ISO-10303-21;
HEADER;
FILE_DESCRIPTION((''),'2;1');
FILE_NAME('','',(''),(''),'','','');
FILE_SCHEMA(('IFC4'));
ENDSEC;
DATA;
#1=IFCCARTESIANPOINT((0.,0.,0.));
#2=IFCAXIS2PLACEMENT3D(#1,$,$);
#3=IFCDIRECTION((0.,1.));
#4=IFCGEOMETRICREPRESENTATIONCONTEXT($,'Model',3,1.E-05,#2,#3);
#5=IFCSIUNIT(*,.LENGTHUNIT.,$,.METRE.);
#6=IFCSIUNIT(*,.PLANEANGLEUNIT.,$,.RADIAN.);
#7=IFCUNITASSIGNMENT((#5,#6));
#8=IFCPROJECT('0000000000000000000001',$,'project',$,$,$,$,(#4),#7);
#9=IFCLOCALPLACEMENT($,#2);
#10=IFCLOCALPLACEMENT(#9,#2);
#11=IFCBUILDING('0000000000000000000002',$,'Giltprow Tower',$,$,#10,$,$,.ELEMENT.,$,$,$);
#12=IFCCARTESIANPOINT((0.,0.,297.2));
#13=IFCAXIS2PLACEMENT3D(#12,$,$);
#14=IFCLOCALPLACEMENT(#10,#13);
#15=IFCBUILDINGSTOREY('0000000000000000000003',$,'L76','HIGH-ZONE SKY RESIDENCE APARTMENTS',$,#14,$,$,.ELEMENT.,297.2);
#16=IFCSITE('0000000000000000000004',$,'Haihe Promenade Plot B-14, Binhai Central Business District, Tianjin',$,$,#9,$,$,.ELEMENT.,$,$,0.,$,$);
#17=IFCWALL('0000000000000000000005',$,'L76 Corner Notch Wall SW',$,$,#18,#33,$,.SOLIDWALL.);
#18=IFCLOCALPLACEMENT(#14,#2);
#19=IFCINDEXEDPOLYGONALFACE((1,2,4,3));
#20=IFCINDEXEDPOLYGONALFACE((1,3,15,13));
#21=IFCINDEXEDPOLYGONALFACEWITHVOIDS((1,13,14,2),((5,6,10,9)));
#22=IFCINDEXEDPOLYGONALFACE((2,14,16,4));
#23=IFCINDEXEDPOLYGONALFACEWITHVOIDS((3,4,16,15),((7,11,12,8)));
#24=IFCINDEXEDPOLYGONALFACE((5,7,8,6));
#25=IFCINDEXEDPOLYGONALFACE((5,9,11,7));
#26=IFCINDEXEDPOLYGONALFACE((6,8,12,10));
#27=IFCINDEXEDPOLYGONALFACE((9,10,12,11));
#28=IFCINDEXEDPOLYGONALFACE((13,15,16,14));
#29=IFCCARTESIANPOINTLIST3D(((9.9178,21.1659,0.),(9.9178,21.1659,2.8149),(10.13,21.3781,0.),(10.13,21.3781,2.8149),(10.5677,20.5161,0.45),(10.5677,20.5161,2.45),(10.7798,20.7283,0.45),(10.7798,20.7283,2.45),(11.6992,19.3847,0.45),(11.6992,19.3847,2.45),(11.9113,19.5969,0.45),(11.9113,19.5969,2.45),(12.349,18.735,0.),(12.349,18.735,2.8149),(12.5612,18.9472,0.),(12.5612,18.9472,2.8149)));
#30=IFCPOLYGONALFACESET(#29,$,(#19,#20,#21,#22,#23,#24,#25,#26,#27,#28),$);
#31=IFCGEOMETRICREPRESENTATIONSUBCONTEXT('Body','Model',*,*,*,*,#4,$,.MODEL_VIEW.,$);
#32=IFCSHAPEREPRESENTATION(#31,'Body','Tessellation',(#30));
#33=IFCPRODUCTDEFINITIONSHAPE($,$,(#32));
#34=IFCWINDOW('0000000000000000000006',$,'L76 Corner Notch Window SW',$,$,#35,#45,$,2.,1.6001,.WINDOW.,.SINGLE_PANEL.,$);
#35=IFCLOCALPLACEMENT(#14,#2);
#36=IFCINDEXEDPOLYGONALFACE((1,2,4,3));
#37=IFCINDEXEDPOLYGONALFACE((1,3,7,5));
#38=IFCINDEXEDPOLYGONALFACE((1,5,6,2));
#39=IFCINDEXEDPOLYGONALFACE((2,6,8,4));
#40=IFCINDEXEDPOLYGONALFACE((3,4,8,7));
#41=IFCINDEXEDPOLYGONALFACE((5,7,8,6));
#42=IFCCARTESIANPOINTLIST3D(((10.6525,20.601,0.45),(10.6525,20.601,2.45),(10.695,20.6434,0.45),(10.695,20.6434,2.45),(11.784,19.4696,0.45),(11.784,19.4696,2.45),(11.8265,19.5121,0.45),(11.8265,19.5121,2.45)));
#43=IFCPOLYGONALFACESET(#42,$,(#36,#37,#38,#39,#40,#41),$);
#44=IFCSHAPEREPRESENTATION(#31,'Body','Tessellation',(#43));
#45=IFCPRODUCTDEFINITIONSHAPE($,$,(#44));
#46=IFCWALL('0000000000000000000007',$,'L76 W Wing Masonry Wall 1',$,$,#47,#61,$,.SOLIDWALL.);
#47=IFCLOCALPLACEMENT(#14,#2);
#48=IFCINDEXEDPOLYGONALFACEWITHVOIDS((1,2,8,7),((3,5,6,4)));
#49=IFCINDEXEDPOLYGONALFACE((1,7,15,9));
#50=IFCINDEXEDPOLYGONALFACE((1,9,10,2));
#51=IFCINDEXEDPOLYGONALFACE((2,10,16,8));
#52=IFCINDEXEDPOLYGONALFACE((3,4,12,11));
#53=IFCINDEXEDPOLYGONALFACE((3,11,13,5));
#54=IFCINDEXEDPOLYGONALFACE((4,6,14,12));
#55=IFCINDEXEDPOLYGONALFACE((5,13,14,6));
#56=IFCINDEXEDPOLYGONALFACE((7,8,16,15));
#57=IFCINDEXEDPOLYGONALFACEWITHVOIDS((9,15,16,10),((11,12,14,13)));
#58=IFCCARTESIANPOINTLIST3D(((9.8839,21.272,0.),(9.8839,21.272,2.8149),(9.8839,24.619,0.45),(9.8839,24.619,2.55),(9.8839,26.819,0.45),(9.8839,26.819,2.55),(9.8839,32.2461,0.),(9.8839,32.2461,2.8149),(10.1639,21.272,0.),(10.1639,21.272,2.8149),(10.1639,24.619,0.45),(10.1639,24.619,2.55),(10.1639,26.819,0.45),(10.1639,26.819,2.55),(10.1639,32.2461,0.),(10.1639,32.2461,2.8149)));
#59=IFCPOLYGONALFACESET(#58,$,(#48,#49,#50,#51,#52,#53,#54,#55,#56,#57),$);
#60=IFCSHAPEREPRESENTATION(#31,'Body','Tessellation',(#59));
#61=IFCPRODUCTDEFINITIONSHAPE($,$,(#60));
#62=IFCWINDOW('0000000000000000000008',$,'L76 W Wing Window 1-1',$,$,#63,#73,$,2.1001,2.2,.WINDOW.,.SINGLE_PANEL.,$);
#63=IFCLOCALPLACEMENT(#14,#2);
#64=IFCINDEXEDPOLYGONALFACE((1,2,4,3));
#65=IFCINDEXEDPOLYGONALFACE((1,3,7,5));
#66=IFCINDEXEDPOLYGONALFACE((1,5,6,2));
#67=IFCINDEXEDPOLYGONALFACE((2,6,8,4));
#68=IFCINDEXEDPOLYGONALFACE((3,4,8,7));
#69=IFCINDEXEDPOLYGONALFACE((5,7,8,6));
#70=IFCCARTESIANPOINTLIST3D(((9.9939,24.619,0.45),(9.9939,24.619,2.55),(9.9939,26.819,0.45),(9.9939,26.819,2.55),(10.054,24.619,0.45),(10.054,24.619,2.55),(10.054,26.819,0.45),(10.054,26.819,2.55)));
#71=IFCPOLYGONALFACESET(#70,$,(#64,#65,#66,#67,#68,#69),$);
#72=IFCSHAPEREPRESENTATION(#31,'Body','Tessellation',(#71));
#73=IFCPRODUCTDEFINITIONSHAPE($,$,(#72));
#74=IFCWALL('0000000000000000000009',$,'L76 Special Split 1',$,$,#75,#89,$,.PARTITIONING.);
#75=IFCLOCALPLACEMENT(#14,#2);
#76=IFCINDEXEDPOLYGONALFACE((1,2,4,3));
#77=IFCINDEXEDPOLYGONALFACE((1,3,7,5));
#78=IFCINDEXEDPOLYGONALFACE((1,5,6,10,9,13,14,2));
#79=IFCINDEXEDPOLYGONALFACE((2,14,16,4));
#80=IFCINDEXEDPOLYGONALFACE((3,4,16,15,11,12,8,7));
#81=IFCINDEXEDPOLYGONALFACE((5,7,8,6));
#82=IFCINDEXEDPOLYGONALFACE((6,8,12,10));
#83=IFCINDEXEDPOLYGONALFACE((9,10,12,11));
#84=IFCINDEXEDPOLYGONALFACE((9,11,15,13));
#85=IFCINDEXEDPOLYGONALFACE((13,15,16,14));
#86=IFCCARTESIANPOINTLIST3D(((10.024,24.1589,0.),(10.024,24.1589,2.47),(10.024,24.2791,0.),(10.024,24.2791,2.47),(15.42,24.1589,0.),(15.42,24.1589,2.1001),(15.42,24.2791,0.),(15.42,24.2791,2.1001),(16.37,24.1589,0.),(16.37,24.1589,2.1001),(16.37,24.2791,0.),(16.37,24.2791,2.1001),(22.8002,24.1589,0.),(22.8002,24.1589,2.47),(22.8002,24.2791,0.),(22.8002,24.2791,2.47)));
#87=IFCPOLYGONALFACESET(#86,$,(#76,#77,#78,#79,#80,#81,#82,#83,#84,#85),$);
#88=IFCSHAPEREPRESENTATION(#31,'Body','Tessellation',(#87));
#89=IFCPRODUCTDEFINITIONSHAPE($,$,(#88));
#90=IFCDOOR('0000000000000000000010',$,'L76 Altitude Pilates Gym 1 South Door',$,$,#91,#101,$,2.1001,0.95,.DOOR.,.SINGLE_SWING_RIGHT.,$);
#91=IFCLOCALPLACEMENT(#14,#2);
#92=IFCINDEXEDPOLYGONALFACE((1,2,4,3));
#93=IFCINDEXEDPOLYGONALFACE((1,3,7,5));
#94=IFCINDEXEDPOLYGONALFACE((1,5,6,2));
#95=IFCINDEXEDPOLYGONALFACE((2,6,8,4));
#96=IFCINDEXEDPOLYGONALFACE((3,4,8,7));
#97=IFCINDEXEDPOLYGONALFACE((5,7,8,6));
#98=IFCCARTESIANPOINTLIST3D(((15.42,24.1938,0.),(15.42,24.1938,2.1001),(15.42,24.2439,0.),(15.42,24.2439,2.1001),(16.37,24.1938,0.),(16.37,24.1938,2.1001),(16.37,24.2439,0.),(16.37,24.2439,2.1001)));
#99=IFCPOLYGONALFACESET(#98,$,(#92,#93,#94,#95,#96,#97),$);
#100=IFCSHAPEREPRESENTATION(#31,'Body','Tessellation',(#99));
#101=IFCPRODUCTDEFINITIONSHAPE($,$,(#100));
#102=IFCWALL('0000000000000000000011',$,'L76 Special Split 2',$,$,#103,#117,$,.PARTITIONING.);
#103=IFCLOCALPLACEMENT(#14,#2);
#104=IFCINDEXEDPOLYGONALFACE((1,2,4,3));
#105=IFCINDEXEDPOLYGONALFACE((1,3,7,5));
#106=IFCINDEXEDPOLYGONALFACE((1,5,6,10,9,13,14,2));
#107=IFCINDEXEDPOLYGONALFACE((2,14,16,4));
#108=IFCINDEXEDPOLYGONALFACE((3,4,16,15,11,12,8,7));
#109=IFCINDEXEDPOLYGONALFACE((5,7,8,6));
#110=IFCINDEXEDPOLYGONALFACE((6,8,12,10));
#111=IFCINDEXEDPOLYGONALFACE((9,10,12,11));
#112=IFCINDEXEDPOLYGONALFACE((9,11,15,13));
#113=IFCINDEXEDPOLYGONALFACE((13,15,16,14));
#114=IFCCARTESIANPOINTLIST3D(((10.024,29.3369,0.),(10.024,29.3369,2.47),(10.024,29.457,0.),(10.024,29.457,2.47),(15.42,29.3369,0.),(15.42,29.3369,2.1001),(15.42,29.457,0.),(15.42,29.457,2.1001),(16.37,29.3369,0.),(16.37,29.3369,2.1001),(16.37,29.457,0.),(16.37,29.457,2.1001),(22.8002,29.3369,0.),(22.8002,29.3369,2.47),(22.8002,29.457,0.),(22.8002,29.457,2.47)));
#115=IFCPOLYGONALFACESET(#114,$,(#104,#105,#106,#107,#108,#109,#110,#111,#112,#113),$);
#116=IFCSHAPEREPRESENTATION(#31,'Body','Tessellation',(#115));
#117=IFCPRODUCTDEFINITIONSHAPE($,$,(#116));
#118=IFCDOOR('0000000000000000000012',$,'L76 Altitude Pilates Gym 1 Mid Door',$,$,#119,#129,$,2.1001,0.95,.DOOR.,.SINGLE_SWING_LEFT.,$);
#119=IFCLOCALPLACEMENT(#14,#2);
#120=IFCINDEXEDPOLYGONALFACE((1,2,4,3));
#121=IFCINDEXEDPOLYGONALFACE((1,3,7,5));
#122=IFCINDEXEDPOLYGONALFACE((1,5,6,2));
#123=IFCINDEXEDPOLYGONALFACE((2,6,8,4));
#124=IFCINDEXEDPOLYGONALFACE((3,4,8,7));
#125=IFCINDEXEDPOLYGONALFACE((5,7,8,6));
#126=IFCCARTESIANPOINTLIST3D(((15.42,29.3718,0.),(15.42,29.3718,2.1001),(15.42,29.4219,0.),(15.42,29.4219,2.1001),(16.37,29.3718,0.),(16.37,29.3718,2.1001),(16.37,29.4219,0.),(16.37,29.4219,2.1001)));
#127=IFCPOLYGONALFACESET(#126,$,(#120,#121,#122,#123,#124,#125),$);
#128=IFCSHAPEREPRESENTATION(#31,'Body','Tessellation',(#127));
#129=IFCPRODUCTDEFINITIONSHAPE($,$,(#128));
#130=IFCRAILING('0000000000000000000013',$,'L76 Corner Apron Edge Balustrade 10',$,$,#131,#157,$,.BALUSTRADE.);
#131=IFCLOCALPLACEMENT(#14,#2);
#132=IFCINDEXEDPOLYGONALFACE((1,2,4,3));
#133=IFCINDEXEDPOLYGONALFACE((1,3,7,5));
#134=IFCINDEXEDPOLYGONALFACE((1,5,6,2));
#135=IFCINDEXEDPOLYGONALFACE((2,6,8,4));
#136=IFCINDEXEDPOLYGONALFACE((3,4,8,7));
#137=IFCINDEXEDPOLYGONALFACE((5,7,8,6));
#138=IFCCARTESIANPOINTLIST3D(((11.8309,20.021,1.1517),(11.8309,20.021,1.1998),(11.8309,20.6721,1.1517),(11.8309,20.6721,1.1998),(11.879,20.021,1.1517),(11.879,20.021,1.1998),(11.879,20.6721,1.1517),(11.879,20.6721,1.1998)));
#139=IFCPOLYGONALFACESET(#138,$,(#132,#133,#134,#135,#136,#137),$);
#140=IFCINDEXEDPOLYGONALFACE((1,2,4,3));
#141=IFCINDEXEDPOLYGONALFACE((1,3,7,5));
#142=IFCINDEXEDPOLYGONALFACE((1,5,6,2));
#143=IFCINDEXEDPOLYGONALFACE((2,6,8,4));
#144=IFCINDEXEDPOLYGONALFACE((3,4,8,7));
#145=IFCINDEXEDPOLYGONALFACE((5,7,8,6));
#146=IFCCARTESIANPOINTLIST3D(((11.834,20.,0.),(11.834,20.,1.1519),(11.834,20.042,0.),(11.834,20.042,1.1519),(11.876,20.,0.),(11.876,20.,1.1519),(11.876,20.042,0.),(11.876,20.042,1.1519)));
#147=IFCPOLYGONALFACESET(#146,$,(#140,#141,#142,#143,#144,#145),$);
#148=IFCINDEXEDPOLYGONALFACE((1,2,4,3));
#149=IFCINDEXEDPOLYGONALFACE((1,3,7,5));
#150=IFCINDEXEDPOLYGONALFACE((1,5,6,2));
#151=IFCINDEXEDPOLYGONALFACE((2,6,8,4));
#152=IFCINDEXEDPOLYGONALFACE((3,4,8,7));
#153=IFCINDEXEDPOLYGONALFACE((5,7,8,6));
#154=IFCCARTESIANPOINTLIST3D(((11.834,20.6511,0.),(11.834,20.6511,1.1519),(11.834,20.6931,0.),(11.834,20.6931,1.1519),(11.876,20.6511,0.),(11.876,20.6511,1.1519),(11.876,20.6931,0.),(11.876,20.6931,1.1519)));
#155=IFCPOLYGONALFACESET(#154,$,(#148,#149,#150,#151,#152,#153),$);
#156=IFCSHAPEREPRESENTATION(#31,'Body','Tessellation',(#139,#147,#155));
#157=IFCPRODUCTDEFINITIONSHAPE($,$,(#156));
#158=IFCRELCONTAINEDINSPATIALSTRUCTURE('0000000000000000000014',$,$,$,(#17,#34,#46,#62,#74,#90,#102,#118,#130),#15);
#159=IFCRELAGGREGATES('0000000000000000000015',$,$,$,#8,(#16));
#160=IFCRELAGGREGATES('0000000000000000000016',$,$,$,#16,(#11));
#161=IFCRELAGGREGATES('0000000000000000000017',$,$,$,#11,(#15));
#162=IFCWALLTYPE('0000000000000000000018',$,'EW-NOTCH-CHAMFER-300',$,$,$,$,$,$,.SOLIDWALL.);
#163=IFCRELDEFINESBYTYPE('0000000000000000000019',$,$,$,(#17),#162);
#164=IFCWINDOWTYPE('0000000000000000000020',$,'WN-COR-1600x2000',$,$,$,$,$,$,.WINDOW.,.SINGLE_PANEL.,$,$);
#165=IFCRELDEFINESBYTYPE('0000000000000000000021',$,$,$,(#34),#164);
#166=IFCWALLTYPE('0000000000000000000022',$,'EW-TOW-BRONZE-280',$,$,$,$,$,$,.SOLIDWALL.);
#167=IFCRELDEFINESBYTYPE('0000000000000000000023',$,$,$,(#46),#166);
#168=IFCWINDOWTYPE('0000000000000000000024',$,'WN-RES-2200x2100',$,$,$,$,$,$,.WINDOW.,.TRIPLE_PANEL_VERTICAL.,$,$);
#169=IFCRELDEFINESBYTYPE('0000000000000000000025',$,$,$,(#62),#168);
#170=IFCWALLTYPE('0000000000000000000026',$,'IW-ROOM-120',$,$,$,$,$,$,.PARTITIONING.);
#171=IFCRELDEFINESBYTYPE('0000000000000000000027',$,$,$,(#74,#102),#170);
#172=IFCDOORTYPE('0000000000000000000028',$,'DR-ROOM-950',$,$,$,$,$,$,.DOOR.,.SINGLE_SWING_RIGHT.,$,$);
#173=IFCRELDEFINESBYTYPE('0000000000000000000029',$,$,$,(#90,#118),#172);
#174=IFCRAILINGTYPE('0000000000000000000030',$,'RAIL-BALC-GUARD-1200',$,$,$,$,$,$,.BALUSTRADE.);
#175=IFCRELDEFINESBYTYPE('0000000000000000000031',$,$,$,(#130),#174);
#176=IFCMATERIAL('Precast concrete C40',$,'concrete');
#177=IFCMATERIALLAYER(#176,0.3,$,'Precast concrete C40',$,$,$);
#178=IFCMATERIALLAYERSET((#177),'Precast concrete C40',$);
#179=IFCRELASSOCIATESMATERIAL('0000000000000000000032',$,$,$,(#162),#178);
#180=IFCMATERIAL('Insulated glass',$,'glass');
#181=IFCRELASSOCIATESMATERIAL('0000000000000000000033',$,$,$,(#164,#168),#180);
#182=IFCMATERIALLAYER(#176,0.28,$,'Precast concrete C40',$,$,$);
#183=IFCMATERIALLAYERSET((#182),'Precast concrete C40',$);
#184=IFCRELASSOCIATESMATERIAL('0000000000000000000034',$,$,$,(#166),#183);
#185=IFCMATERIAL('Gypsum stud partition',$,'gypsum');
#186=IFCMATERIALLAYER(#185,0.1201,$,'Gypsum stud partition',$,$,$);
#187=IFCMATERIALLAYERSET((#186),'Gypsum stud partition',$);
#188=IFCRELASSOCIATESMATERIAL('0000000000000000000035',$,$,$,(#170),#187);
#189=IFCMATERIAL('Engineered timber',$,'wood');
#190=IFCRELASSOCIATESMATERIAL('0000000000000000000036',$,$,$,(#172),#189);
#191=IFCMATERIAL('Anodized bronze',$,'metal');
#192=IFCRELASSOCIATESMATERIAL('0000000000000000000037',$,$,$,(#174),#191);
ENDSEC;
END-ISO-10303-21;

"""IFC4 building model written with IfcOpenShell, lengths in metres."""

from ifc_helpers import new_model, si_unit, direction, frame, frame_2d, origin, origin_2d, place, context, subcontext, project, spatial, rectangle, extrude, source, transform, mapped, material, layer, layer_set, type_object, element, fill, save


model = new_model("IFC4")

# Units and contexts
model_context = context("Model", 3, precision=1e-05, world=origin(), true_north=direction((0.0, 1.0)))
body_context = subcontext(model_context, "Body", "Model", "MODEL_VIEW")
ifc_project = project(units=[si_unit("LENGTHUNIT", "METRE"), si_unit("PLANEANGLEUNIT", "RADIAN")], contexts=[model_context])

# Site, building, storey
site_placement = place(None, origin())
site = spatial("IfcSite", under=ifc_project, at=site_placement, Name="Haihe Promenade Plot B-14, Binhai Central Business District, Tianjin", CompositionType="ELEMENT", RefElevation=0.0)
building_placement = place(site_placement, origin())
building = spatial("IfcBuilding", under=site, at=building_placement, Name="Giltprow Tower", CompositionType="ELEMENT")
storey_placement = place(building_placement, frame((0.0, 0.0, 297.2)))
storey = spatial("IfcBuildingStorey", under=building, at=storey_placement, Name="L76", Description="HIGH-ZONE SKY RESIDENCE APARTMENTS", CompositionType="ELEMENT", Elevation=297.2)

# Shared definitions
ifc_material_1 = material(Name="Anodized bronze", Category="metal")

# Shared definitions
ifc_material_2 = material(Name="Insulated glass", Category="glass")

# Walls, openings, windows
ifc_material_3 = material(Name="Precast concrete C40", Category="concrete")
ifc_layer_1 = layer(ifc_material_3, 0.3, Name="Precast concrete C40")
ifc_layer_set_1 = layer_set([ifc_layer_1], Name="Precast concrete C40")
wall_type_1 = type_object("IfcWallType", Name="EW-NOTCH-CHAMFER-300", PredefinedType="SOLIDWALL", material=ifc_layer_set_1)
wall_1_placement = place(storey_placement, frame((10.0239, 21.272, 0.0), z_axis=(0.0, 0.0, 1.0), x_axis=(0.707142, -0.707071, 0.0)))
wall_1 = element("IfcWall", 1, at=wall_1_placement, inside=storey, type_object=wall_type_1, Name="L76 Corner Notch Wall SW", PredefinedType="SOLIDWALL", context=body_context, shape_type="SweptSolid", body=[
    extrude(rectangle(XDim=3.438, YDim=0.3, at=frame_2d((1.719, 0.0))), origin(), (0.0, 0.0, 1.0), 2.8149),
])
opening_1_placement = place(wall_1_placement, frame((0.9189, 0.0, 0.45)))
opening_1 = element("IfcOpeningElement", 2, at=opening_1_placement, cuts=wall_1, PredefinedType="OPENING", context=body_context, shape_type="SweptSolid", body=[
    extrude(rectangle(XDim=1.6001, YDim=2.0, at=frame_2d((0.8, 1.0))), frame((0.0, 0.1599, 0.0), z_axis=(0.0, -1.0, 0.0), x_axis=(1.0, 0.0, 0.0)), (0.0, 0.0, 1.0), 0.3201),
])
window_type_1 = type_object("IfcWindowType", Name="WN-COR-1600x2000", PartitioningType="SINGLE_PANEL", PredefinedType="WINDOW", material=ifc_material_2)
shared_shape_1 = source(origin(), body_context, "Body", "SweptSolid", [
    extrude(rectangle(XDim=1.6001, YDim=2.0, at=frame_2d((0.8, 1.0))), frame((0.0, 0.03, 0.0), z_axis=(0.0, -1.0, 0.0), x_axis=(1.0, 0.0, 0.0)), (0.0, 0.0, 1.0), 0.0601),
])
window_1_placement = place(opening_1_placement, origin())
window_1 = element("IfcWindow", 3, at=window_1_placement, inside=storey, type_object=window_type_1, Name="L76 Corner Notch Window SW", OverallHeight=2.0, OverallWidth=1.6001, PartitioningType="SINGLE_PANEL", PredefinedType="WINDOW", context=body_context, shape_type="MappedRepresentation", body=[
    mapped(shared_shape_1, transform((0.0, 0.0, 0.0), x_axis=(1.0, 0.0, 0.0), y_axis=(0.0, 1.0, 0.0), z_axis=(0.0, 0.0, 1.0), scale=1.0)),
])
fill(opening_1, window_1)
ifc_layer_2 = layer(ifc_material_3, 0.28, Name="Precast concrete C40")
ifc_layer_set_2 = layer_set([ifc_layer_2], Name="Precast concrete C40")
wall_type_2 = type_object("IfcWallType", Name="EW-TOW-BRONZE-280", PredefinedType="SOLIDWALL", material=ifc_layer_set_2)
wall_2_placement = place(storey_placement, frame((10.0239, 21.272, 0.0), z_axis=(0.0, 0.0, 1.0), x_axis=(0.0, 1.0, 0.0)))
wall_2 = element("IfcWall", 4, at=wall_2_placement, inside=storey, type_object=wall_type_2, Name="L76 W Wing Masonry Wall 1", PredefinedType="SOLIDWALL", context=body_context, shape_type="SweptSolid", body=[
    extrude(rectangle(XDim=10.9741, YDim=0.28, at=frame_2d((5.4871, 0.0))), origin(), (0.0, 0.0, 1.0), 2.8149),
])
opening_2_placement = place(wall_2_placement, frame((3.3469, 0.0, 0.45)))
opening_2 = element("IfcOpeningElement", 5, at=opening_2_placement, cuts=wall_2, PredefinedType="OPENING", context=body_context, shape_type="SweptSolid", body=[
    extrude(rectangle(XDim=2.2, YDim=2.1001, at=frame_2d((1.1001, 1.05))), frame((0.0, 0.1499, 0.0), z_axis=(0.0, -1.0, 0.0), x_axis=(1.0, 0.0, 0.0)), (0.0, 0.0, 1.0), 0.3),
])
window_type_2 = type_object("IfcWindowType", Name="WN-RES-2200x2100", PartitioningType="TRIPLE_PANEL_VERTICAL", PredefinedType="WINDOW", material=ifc_material_2)
shared_shape_2 = source(origin(), body_context, "Body", "SweptSolid", [
    extrude(rectangle(XDim=2.2, YDim=2.1001, at=frame_2d((1.1001, 1.05))), frame((0.0, 0.03, 0.0), z_axis=(0.0, -1.0, 0.0), x_axis=(1.0, 0.0, 0.0)), (0.0, 0.0, 1.0), 0.0601),
])
window_2_placement = place(opening_2_placement, origin())
window_2 = element("IfcWindow", 6, at=window_2_placement, inside=storey, type_object=window_type_2, Name="L76 W Wing Window 1-1", OverallHeight=2.1001, OverallWidth=2.2, PartitioningType="SINGLE_PANEL", PredefinedType="WINDOW", context=body_context, shape_type="MappedRepresentation", body=[
    mapped(shared_shape_2, transform((0.0, 0.0, 0.0), x_axis=(1.0, 0.0, 0.0), y_axis=(0.0, 1.0, 0.0), z_axis=(0.0, 0.0, 1.0), scale=1.0)),
])
fill(opening_2, window_2)

# Walls, openings, doors
ifc_material_4 = material(Name="Gypsum stud partition", Category="gypsum")
ifc_layer_3 = layer(ifc_material_4, 0.1201, Name="Gypsum stud partition")
ifc_layer_set_3 = layer_set([ifc_layer_3], Name="Gypsum stud partition")
wall_type_3 = type_object("IfcWallType", Name="IW-ROOM-120", PredefinedType="PARTITIONING", material=ifc_layer_set_3)
wall_3_placement = place(storey_placement, frame((10.0239, 24.219, 0.0), z_axis=(0.0, 0.0, 1.0), x_axis=(1.0, 0.0, 0.0)))
wall_3 = element("IfcWall", 7, at=wall_3_placement, inside=storey, type_object=wall_type_3, Name="L76 Special Split 1", PredefinedType="PARTITIONING", context=body_context, shape_type="SweptSolid", body=[
    extrude(rectangle(XDim=12.7761, YDim=0.1201, at=frame_2d((6.3882, 0.0))), origin(), (0.0, 0.0, 1.0), 2.47),
])
opening_3_placement = place(wall_3_placement, frame((5.396, 0.0, 0.0)))
opening_3 = element("IfcOpeningElement", 8, at=opening_3_placement, cuts=wall_3, PredefinedType="OPENING", context=body_context, shape_type="SweptSolid", body=[
    extrude(rectangle(XDim=0.95, YDim=2.1001, at=frame_2d((0.4751, 1.05))), frame((0.0, 0.0701, 0.0), z_axis=(0.0, -1.0, 0.0), x_axis=(1.0, 0.0, 0.0)), (0.0, 0.0, 1.0), 0.1401),
])
ifc_material_5 = material(Name="Engineered timber", Category="wood")
door_type = type_object("IfcDoorType", Name="DR-ROOM-950", OperationType="SINGLE_SWING_RIGHT", PredefinedType="DOOR", material=ifc_material_5)
shared_shape_3 = source(origin(), body_context, "Body", "SweptSolid", [
    extrude(rectangle(XDim=0.95, YDim=2.1001, at=frame_2d((0.4751, 1.05))), frame((0.0, 0.0249, 0.0), z_axis=(0.0, -1.0, 0.0), x_axis=(1.0, 0.0, 0.0)), (0.0, 0.0, 1.0), 0.05),
])
door_1_placement = place(opening_3_placement, origin())
door_1 = element("IfcDoor", 9, at=door_1_placement, inside=storey, type_object=door_type, Name="L76 Altitude Pilates Gym 1 South Door", OperationType="SINGLE_SWING_RIGHT", OverallHeight=2.1001, OverallWidth=0.95, PredefinedType="DOOR", context=body_context, shape_type="MappedRepresentation", body=[
    mapped(shared_shape_3, transform((0.0, 0.0, 0.0), x_axis=(1.0, 0.0, 0.0), y_axis=(0.0, 1.0, 0.0), z_axis=(0.0, 0.0, 1.0), scale=1.0)),
])
fill(opening_3, door_1)
wall_4_placement = place(storey_placement, frame((10.0239, 29.397, 0.0), z_axis=(0.0, 0.0, 1.0), x_axis=(1.0, 0.0, 0.0)))
wall_4 = element("IfcWall", 10, at=wall_4_placement, inside=storey, type_object=wall_type_3, Name="L76 Special Split 2", PredefinedType="PARTITIONING", context=body_context, shape_type="SweptSolid", body=[
    extrude(rectangle(XDim=12.7761, YDim=0.1201, at=frame_2d((6.3882, 0.0))), origin(), (0.0, 0.0, 1.0), 2.47),
])
opening_4_placement = place(wall_4_placement, frame((5.396, 0.0, 0.0)))
opening_4 = element("IfcOpeningElement", 11, at=opening_4_placement, cuts=wall_4, PredefinedType="OPENING", context=body_context, shape_type="SweptSolid", body=[
    extrude(rectangle(XDim=0.95, YDim=2.1001, at=frame_2d((0.4751, 1.05))), frame((0.0, 0.0701, 0.0), z_axis=(0.0, -1.0, 0.0), x_axis=(1.0, 0.0, 0.0)), (0.0, 0.0, 1.0), 0.1401),
])
door_2_placement = place(opening_4_placement, origin())
door_2 = element("IfcDoor", 12, at=door_2_placement, inside=storey, type_object=door_type, Name="L76 Altitude Pilates Gym 1 Mid Door", OperationType="SINGLE_SWING_LEFT", OverallHeight=2.1001, OverallWidth=0.95, PredefinedType="DOOR", context=body_context, shape_type="MappedRepresentation", body=[
    mapped(shared_shape_3, transform((0.0, 0.0, 0.0), x_axis=(1.0, 0.0, 0.0), y_axis=(0.0, 1.0, 0.0), z_axis=(0.0, 0.0, 1.0), scale=1.0)),
])
fill(opening_4, door_2)

# Railing
railing_type = type_object("IfcRailingType", Name="RAIL-BALC-GUARD-1200", PredefinedType="BALUSTRADE", material=ifc_material_1)
railing_1_placement = place(storey_placement, frame((11.855, 20.021, 0.0)))
element("IfcRailing", 13, at=railing_1_placement, inside=storey, type_object=railing_type, Name="L76 Corner Apron Edge Balustrade 10", PredefinedType="BALUSTRADE", context=body_context, shape_type="SweptSolid", body=[
    extrude(rectangle(XDim=0.0481, YDim=0.0481, at=origin_2d()), frame((0.0, 0.0, 1.1758), z_axis=(0.0, 1.0, 0.0), x_axis=(-1.0, 0.0, 0.0)), (0.0, 0.0, 1.0), 0.6511),
    extrude(rectangle(XDim=0.042, YDim=0.042, at=origin_2d()), origin(), (0.0, 0.0, 1.0), 1.1519),
    extrude(rectangle(XDim=0.042, YDim=0.042, at=origin_2d()), frame((0.0, 0.6511, 0.0)), (0.0, 0.0, 1.0), 1.1519),
])

save(model, "model.ifc")
